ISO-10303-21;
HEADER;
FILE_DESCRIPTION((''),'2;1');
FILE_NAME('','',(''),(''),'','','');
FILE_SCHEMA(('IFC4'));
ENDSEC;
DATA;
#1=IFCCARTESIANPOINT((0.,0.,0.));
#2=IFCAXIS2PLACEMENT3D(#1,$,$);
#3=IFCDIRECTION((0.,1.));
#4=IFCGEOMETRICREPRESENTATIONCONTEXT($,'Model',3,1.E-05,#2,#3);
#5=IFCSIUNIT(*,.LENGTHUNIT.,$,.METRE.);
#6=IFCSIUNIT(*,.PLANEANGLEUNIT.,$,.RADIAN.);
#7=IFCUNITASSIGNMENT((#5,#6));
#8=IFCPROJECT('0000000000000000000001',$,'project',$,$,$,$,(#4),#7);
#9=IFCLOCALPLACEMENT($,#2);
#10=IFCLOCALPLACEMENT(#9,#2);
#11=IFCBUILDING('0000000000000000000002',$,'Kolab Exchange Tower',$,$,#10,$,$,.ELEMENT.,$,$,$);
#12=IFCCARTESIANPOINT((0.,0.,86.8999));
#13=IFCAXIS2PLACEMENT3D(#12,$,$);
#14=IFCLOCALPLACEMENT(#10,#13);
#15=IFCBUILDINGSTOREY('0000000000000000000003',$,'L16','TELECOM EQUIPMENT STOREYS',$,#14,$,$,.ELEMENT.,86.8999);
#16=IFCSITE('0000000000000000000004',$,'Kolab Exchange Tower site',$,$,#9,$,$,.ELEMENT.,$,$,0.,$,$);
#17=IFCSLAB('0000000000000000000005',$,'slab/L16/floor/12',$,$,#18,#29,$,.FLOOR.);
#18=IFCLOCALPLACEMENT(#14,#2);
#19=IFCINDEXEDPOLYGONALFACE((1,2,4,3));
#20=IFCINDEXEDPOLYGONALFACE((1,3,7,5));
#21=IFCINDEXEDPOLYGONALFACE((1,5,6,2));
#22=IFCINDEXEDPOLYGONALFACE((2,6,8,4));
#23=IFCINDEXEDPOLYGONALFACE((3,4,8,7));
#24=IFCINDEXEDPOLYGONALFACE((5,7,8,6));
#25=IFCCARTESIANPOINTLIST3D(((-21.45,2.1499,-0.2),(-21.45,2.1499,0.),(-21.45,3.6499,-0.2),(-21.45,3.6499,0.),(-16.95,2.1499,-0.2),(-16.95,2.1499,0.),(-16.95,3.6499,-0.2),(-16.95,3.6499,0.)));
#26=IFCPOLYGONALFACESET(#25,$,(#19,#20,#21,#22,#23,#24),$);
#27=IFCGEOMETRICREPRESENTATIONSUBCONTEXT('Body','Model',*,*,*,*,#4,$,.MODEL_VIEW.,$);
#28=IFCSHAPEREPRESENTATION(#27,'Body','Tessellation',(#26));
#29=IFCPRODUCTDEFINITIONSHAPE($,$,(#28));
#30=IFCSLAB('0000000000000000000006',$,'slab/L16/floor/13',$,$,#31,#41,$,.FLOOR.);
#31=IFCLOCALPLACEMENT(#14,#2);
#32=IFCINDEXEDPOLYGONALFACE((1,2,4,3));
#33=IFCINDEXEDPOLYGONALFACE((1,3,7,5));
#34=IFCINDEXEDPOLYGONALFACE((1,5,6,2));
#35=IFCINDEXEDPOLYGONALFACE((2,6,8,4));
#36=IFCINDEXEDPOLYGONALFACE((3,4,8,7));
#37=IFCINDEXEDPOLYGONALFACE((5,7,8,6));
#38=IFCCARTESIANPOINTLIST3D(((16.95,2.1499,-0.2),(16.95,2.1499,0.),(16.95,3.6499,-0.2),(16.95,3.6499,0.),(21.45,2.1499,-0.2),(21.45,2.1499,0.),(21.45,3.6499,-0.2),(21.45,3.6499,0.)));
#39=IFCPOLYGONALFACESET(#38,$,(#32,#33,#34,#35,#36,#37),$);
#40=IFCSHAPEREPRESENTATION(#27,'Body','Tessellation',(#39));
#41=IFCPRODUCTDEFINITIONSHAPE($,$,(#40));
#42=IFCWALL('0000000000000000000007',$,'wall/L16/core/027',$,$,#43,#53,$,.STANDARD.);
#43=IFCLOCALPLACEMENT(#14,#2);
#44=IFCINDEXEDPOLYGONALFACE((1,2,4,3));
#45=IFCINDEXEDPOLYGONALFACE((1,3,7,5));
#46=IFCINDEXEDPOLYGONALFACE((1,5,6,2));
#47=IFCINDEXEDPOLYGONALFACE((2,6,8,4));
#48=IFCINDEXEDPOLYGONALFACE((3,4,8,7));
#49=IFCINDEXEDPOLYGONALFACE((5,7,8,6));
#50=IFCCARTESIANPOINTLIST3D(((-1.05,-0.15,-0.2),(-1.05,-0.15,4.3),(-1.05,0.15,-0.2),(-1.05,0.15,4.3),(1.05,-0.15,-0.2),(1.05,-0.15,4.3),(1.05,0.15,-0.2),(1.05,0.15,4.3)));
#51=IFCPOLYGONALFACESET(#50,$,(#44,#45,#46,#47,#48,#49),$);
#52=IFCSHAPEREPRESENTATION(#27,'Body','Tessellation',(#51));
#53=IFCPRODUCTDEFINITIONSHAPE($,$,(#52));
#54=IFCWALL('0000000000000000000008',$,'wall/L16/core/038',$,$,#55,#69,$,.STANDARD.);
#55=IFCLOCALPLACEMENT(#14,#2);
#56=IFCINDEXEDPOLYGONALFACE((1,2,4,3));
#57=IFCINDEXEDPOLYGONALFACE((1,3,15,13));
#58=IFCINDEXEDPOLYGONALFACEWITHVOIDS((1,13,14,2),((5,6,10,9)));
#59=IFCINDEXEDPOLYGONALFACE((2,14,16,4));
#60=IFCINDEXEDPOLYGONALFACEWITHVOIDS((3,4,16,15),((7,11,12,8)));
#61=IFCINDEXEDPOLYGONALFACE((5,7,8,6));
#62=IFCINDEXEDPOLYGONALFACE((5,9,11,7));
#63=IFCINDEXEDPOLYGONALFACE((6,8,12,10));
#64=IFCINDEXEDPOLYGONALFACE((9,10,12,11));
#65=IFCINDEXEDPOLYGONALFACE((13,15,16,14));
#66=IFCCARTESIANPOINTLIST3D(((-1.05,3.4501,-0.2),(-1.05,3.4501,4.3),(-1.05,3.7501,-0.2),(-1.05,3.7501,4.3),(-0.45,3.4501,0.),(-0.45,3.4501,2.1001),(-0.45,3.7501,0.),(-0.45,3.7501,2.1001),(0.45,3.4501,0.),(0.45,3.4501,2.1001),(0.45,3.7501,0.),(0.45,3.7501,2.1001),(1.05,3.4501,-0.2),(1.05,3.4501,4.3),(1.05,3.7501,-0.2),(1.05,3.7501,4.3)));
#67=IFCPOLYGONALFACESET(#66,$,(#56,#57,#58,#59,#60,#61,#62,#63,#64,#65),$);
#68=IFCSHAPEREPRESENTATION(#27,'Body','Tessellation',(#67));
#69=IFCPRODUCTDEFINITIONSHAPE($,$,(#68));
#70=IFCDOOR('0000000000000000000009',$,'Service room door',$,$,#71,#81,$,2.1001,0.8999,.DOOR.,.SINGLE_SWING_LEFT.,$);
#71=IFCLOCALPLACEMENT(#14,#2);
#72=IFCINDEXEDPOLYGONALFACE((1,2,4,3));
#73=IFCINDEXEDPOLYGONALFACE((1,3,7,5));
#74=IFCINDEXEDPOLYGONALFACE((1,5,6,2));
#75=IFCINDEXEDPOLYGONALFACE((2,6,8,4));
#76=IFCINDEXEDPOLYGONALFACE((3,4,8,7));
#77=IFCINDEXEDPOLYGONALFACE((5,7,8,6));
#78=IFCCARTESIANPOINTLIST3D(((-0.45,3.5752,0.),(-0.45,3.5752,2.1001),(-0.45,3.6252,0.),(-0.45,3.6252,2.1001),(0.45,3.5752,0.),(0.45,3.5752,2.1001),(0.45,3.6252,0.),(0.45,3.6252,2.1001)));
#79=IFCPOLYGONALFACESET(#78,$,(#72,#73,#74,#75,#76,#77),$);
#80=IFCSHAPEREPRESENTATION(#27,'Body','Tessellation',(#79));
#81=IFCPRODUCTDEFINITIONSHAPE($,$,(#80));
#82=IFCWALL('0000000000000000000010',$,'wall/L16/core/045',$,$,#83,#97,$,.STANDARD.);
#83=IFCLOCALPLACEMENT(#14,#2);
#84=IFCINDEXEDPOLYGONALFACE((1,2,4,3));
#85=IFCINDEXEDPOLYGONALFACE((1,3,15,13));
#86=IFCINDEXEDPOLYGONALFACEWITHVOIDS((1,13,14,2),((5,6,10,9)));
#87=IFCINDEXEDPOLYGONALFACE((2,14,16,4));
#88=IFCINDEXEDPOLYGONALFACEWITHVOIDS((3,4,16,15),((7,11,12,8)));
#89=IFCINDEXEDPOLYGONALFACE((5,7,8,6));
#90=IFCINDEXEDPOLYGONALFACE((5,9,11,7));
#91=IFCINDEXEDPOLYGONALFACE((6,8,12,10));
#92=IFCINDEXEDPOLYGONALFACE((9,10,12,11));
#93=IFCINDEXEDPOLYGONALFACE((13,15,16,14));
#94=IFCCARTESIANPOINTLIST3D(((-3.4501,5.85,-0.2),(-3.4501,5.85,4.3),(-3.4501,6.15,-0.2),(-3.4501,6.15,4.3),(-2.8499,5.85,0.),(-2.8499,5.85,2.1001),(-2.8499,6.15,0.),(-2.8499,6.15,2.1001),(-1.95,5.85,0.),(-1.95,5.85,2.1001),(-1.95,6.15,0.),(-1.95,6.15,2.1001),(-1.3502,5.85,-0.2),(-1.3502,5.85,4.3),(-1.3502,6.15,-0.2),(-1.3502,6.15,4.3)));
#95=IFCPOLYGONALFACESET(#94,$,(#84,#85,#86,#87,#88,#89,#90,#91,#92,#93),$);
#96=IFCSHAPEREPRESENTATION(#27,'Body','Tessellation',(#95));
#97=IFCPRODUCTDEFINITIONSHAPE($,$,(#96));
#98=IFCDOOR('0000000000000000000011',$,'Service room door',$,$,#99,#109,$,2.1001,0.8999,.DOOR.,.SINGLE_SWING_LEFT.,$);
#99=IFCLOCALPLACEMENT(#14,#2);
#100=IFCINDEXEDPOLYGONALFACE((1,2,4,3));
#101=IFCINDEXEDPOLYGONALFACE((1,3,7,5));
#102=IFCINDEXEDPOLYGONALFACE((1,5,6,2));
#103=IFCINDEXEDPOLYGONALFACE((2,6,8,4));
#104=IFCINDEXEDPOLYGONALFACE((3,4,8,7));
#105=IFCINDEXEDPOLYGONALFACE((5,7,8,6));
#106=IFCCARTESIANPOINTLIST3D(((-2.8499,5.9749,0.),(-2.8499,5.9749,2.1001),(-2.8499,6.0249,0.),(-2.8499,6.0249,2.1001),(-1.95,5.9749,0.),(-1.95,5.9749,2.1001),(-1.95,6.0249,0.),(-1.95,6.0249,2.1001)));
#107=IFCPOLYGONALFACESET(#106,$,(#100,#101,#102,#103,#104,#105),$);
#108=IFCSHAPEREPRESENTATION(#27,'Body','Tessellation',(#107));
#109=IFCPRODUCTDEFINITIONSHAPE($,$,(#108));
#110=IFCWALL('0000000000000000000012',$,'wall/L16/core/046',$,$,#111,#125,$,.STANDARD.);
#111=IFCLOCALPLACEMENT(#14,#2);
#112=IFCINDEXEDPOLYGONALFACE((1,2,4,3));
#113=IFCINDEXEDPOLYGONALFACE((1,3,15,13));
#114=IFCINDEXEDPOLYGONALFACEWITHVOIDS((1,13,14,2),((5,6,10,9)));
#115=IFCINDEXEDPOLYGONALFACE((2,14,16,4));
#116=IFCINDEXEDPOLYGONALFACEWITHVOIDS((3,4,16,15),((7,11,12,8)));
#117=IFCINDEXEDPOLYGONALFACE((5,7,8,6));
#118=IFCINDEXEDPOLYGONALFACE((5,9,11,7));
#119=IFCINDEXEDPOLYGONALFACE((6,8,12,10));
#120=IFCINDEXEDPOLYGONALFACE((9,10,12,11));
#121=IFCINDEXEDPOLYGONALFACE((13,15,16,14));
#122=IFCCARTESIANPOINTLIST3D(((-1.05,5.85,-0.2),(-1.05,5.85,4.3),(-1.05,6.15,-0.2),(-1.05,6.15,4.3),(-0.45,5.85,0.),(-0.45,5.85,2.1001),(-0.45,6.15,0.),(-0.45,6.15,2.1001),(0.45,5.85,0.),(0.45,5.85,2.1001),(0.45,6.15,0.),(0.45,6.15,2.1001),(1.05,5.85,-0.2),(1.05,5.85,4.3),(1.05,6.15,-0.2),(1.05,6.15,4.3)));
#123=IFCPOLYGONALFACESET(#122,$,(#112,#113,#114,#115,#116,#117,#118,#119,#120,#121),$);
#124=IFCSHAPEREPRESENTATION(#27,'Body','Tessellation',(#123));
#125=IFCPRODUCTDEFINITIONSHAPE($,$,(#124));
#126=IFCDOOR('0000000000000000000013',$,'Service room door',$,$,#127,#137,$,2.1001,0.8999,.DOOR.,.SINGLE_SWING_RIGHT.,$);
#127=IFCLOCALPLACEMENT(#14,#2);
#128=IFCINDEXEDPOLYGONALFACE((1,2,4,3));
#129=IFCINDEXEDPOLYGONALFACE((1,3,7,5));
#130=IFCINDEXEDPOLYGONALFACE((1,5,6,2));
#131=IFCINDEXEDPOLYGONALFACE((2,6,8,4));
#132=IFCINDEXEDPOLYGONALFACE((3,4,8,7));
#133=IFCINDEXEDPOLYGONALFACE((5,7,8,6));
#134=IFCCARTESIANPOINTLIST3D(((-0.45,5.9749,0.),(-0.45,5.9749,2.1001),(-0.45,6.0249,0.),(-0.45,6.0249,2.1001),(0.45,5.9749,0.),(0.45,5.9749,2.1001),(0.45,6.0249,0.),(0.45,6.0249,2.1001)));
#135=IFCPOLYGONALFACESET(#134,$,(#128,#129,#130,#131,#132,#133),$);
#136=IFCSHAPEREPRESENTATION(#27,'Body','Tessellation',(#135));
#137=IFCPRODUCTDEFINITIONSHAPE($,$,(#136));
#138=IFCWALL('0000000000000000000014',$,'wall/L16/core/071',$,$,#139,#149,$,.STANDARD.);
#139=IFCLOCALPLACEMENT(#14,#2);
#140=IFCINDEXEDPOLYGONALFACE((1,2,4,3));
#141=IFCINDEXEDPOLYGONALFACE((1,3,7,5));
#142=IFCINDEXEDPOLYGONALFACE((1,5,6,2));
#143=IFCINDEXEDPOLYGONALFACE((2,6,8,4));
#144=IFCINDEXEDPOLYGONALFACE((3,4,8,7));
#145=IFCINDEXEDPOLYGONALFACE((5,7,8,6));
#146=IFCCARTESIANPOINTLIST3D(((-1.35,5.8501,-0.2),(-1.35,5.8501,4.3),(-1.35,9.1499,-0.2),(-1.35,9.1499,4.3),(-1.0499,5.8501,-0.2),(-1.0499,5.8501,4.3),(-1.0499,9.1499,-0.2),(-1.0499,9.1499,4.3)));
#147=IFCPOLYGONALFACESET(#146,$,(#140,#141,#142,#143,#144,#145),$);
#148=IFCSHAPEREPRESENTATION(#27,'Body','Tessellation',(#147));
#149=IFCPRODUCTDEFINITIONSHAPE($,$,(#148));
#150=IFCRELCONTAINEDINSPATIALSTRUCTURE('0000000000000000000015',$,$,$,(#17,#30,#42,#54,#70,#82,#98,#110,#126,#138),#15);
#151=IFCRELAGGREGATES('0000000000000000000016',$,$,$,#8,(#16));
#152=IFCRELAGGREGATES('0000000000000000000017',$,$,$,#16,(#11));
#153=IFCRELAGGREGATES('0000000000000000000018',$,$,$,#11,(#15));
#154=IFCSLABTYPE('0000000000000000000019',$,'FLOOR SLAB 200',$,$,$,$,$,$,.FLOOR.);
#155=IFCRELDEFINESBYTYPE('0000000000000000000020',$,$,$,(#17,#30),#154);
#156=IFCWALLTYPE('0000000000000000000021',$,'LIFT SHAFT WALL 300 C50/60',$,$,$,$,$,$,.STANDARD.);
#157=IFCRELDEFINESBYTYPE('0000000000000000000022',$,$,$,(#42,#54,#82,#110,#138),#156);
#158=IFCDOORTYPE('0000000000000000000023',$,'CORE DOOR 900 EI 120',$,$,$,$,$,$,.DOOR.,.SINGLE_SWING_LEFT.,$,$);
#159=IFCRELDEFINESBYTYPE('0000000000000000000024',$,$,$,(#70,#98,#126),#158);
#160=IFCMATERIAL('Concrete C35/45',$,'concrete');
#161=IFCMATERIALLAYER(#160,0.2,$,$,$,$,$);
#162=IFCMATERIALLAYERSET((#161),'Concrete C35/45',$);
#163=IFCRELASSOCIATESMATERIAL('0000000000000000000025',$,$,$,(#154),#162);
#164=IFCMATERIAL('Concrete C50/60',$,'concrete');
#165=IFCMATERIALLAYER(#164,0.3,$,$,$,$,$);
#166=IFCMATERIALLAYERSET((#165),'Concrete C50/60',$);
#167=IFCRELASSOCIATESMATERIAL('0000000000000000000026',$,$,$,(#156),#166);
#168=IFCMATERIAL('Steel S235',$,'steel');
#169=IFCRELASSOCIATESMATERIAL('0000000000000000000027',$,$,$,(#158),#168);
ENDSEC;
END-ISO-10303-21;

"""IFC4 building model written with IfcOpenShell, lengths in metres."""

from ifc_helpers import new_model, si_unit, direction, frame, frame_2d, origin, place, context, subcontext, project, spatial, polyline, rectangle, outline, extrude, material, layer, layer_set, type_object, element, fill, save


model = new_model("IFC4")

# Units and contexts
model_context = context("Model", 3, precision=1e-05, world=origin(), true_north=direction((0.0, 1.0)))
body_context = subcontext(model_context, "Body", "Model", "MODEL_VIEW")
ifc_project = project(units=[si_unit("LENGTHUNIT", "METRE"), si_unit("PLANEANGLEUNIT", "RADIAN")], contexts=[model_context])

# Site, building, storey
site_placement = place(None, origin())
site = spatial("IfcSite", under=ifc_project, at=site_placement, Name="Kolab Exchange Tower site", CompositionType="ELEMENT", RefElevation=0.0)
building_placement = place(site_placement, origin())
building = spatial("IfcBuilding", under=site, at=building_placement, Name="Kolab Exchange Tower", CompositionType="ELEMENT")
storey_placement = place(building_placement, frame((0.0, 0.0, 86.8999)))
storey = spatial("IfcBuildingStorey", under=building, at=storey_placement, Name="L16", Description="TELECOM EQUIPMENT STOREYS", CompositionType="ELEMENT", Elevation=86.8999)

# Slabs
ifc_material_1 = material(Name="Concrete C35/45", Category="concrete")
ifc_layer_1 = layer(ifc_material_1, 0.2)
ifc_layer_set_1 = layer_set([ifc_layer_1], Name="Concrete C35/45")
slab_type = type_object("IfcSlabType", Name="FLOOR SLAB 200", PredefinedType="FLOOR", material=ifc_layer_set_1)
slab_1_placement = place(storey_placement, frame((0.0, 0.0, -0.2)))
element("IfcSlab", 1, at=slab_1_placement, inside=storey, type_object=slab_type, Name="slab/L16/floor/12", PredefinedType="FLOOR", context=body_context, shape_type="SweptSolid", body=[
    extrude(outline(polyline([(-21.45, 3.6499), (-21.45, 2.1499), (-16.95, 2.1499), (-16.95, 3.6499), (-21.45, 3.6499)])), origin(), (0.0, 0.0, 1.0), 0.2),
])
slab_2_placement = place(storey_placement, frame((0.0, 0.0, -0.2)))
element("IfcSlab", 2, at=slab_2_placement, inside=storey, type_object=slab_type, Name="slab/L16/floor/13", PredefinedType="FLOOR", context=body_context, shape_type="SweptSolid", body=[
    extrude(outline(polyline([(21.45, 3.6499), (16.95, 3.6499), (16.95, 2.1499), (21.45, 2.1499), (21.45, 3.6499)])), origin(), (0.0, 0.0, 1.0), 0.2),
])

# Wall
ifc_material_2 = material(Name="Concrete C50/60", Category="concrete")
ifc_layer_2 = layer(ifc_material_2, 0.3)
ifc_layer_set_2 = layer_set([ifc_layer_2], Name="Concrete C50/60")
wall_type = type_object("IfcWallType", Name="LIFT SHAFT WALL 300 C50/60", PredefinedType="STANDARD", material=ifc_layer_set_2)
wall_1_placement = place(storey_placement, frame((-1.05, 0.0, -0.2), z_axis=(0.0, 0.0, 1.0), x_axis=(1.0, 0.0, 0.0)))
element("IfcWall", 3, at=wall_1_placement, inside=storey, type_object=wall_type, Name="wall/L16/core/027", PredefinedType="STANDARD", context=body_context, shape_type="SweptSolid", body=[
    extrude(rectangle(XDim=2.1001, YDim=0.3, at=frame_2d((1.05, 0.0))), origin(), (0.0, 0.0, 1.0), 4.5),
])

# Walls, openings, doors
wall_2_placement = place(storey_placement, frame((-1.05, 3.6001, -0.2), z_axis=(0.0, 0.0, 1.0), x_axis=(1.0, 0.0, 0.0)))
wall_2 = element("IfcWall", 4, at=wall_2_placement, inside=storey, type_object=wall_type, Name="wall/L16/core/038", PredefinedType="STANDARD", context=body_context, shape_type="SweptSolid", body=[
    extrude(rectangle(XDim=2.1001, YDim=0.3, at=frame_2d((1.05, 0.0))), origin(), (0.0, 0.0, 1.0), 4.5),
])
opening_1_placement = place(wall_2_placement, frame((0.6001, 0.0, 0.2)))
opening_1 = element("IfcOpeningElement", 5, at=opening_1_placement, cuts=wall_2, PredefinedType="OPENING", context=body_context, shape_type="SweptSolid", body=[
    extrude(rectangle(XDim=0.8999, YDim=2.1001, at=frame_2d((0.45, 1.05))), frame((0.0, 0.1602, 0.0), z_axis=(0.0, -1.0, 0.0), x_axis=(1.0, 0.0, 0.0)), (0.0, 0.0, 1.0), 0.3201),
])
ifc_material_3 = material(Name="Steel S235", Category="steel")
door_type = type_object("IfcDoorType", Name="CORE DOOR 900 EI 120", OperationType="SINGLE_SWING_LEFT", PredefinedType="DOOR", material=ifc_material_3)
door_1_placement = place(opening_1_placement, frame((0.8999, 0.0, 0.0), z_axis=(0.0, 0.0, 1.0), x_axis=(-1.0, 0.0, 0.0)))
door_1 = element("IfcDoor", 6, at=door_1_placement, inside=storey, type_object=door_type, Name="Service room door", OperationType="SINGLE_SWING_LEFT", OverallHeight=2.1001, OverallWidth=0.8999, PredefinedType="DOOR", context=body_context, shape_type="SweptSolid", body=[
    extrude(rectangle(XDim=0.8999, YDim=2.1001, at=frame_2d((0.45, 1.05))), frame((0.0, 0.0249, 0.0), z_axis=(0.0, -1.0, 0.0), x_axis=(1.0, 0.0, 0.0)), (0.0, 0.0, 1.0), 0.05),
])
fill(opening_1, door_1)
wall_3_placement = place(storey_placement, frame((-3.45, 6.0, -0.2), z_axis=(0.0, 0.0, 1.0), x_axis=(1.0, 0.0, 0.0)))
wall_3 = element("IfcWall", 7, at=wall_3_placement, inside=storey, type_object=wall_type, Name="wall/L16/core/045", PredefinedType="STANDARD", context=body_context, shape_type="SweptSolid", body=[
    extrude(rectangle(XDim=2.0999, YDim=0.3, at=frame_2d((1.0498, 0.0))), origin(), (0.0, 0.0, 1.0), 4.5),
])
opening_2_placement = place(wall_3_placement, frame((0.6001, 0.0, 0.2)))
opening_2 = element("IfcOpeningElement", 8, at=opening_2_placement, cuts=wall_3, PredefinedType="OPENING", context=body_context, shape_type="SweptSolid", body=[
    extrude(rectangle(XDim=0.8999, YDim=2.1001, at=frame_2d((0.45, 1.05))), frame((0.0, 0.1602, 0.0), z_axis=(0.0, -1.0, 0.0), x_axis=(1.0, 0.0, 0.0)), (0.0, 0.0, 1.0), 0.3201),
])
door_2_placement = place(opening_2_placement, origin())
door_2 = element("IfcDoor", 9, at=door_2_placement, inside=storey, type_object=door_type, Name="Service room door", OperationType="SINGLE_SWING_LEFT", OverallHeight=2.1001, OverallWidth=0.8999, PredefinedType="DOOR", context=body_context, shape_type="SweptSolid", body=[
    extrude(rectangle(XDim=0.8999, YDim=2.1001, at=frame_2d((0.45, 1.05))), frame((0.0, 0.0249, 0.0), z_axis=(0.0, -1.0, 0.0), x_axis=(1.0, 0.0, 0.0)), (0.0, 0.0, 1.0), 0.05),
])
fill(opening_2, door_2)
wall_4_placement = place(storey_placement, frame((-1.05, 6.0, -0.2), z_axis=(0.0, 0.0, 1.0), x_axis=(1.0, 0.0, 0.0)))
wall_4 = element("IfcWall", 10, at=wall_4_placement, inside=storey, type_object=wall_type, Name="wall/L16/core/046", PredefinedType="STANDARD", context=body_context, shape_type="SweptSolid", body=[
    extrude(rectangle(XDim=2.1001, YDim=0.3, at=frame_2d((1.05, 0.0))), origin(), (0.0, 0.0, 1.0), 4.5),
])
opening_3_placement = place(wall_4_placement, frame((0.6001, 0.0, 0.2)))
opening_3 = element("IfcOpeningElement", 11, at=opening_3_placement, cuts=wall_4, PredefinedType="OPENING", context=body_context, shape_type="SweptSolid", body=[
    extrude(rectangle(XDim=0.8999, YDim=2.1001, at=frame_2d((0.45, 1.05))), frame((0.0, 0.1602, 0.0), z_axis=(0.0, -1.0, 0.0), x_axis=(1.0, 0.0, 0.0)), (0.0, 0.0, 1.0), 0.3201),
])
door_3_placement = place(opening_3_placement, origin())
door_3 = element("IfcDoor", 12, at=door_3_placement, inside=storey, type_object=door_type, Name="Service room door", OperationType="SINGLE_SWING_RIGHT", OverallHeight=2.1001, OverallWidth=0.8999, PredefinedType="DOOR", context=body_context, shape_type="SweptSolid", body=[
    extrude(rectangle(XDim=0.8999, YDim=2.1001, at=frame_2d((0.45, 1.05))), frame((0.0, 0.0249, 0.0), z_axis=(0.0, -1.0, 0.0), x_axis=(1.0, 0.0, 0.0)), (0.0, 0.0, 1.0), 0.05),
])
fill(opening_3, door_3)

# Wall
wall_5_placement = place(storey_placement, frame((-1.2, 5.8501, -0.2), z_axis=(0.0, 0.0, 1.0), x_axis=(0.0, 1.0, 0.0)))
element("IfcWall", 13, at=wall_5_placement, inside=storey, type_object=wall_type, Name="wall/L16/core/071", PredefinedType="STANDARD", context=body_context, shape_type="SweptSolid", body=[
    extrude(rectangle(XDim=3.2998, YDim=0.3, at=frame_2d((1.6499, 0.0))), origin(), (0.0, 0.0, 1.0), 4.5),
])

save(model, "model.ifc")
